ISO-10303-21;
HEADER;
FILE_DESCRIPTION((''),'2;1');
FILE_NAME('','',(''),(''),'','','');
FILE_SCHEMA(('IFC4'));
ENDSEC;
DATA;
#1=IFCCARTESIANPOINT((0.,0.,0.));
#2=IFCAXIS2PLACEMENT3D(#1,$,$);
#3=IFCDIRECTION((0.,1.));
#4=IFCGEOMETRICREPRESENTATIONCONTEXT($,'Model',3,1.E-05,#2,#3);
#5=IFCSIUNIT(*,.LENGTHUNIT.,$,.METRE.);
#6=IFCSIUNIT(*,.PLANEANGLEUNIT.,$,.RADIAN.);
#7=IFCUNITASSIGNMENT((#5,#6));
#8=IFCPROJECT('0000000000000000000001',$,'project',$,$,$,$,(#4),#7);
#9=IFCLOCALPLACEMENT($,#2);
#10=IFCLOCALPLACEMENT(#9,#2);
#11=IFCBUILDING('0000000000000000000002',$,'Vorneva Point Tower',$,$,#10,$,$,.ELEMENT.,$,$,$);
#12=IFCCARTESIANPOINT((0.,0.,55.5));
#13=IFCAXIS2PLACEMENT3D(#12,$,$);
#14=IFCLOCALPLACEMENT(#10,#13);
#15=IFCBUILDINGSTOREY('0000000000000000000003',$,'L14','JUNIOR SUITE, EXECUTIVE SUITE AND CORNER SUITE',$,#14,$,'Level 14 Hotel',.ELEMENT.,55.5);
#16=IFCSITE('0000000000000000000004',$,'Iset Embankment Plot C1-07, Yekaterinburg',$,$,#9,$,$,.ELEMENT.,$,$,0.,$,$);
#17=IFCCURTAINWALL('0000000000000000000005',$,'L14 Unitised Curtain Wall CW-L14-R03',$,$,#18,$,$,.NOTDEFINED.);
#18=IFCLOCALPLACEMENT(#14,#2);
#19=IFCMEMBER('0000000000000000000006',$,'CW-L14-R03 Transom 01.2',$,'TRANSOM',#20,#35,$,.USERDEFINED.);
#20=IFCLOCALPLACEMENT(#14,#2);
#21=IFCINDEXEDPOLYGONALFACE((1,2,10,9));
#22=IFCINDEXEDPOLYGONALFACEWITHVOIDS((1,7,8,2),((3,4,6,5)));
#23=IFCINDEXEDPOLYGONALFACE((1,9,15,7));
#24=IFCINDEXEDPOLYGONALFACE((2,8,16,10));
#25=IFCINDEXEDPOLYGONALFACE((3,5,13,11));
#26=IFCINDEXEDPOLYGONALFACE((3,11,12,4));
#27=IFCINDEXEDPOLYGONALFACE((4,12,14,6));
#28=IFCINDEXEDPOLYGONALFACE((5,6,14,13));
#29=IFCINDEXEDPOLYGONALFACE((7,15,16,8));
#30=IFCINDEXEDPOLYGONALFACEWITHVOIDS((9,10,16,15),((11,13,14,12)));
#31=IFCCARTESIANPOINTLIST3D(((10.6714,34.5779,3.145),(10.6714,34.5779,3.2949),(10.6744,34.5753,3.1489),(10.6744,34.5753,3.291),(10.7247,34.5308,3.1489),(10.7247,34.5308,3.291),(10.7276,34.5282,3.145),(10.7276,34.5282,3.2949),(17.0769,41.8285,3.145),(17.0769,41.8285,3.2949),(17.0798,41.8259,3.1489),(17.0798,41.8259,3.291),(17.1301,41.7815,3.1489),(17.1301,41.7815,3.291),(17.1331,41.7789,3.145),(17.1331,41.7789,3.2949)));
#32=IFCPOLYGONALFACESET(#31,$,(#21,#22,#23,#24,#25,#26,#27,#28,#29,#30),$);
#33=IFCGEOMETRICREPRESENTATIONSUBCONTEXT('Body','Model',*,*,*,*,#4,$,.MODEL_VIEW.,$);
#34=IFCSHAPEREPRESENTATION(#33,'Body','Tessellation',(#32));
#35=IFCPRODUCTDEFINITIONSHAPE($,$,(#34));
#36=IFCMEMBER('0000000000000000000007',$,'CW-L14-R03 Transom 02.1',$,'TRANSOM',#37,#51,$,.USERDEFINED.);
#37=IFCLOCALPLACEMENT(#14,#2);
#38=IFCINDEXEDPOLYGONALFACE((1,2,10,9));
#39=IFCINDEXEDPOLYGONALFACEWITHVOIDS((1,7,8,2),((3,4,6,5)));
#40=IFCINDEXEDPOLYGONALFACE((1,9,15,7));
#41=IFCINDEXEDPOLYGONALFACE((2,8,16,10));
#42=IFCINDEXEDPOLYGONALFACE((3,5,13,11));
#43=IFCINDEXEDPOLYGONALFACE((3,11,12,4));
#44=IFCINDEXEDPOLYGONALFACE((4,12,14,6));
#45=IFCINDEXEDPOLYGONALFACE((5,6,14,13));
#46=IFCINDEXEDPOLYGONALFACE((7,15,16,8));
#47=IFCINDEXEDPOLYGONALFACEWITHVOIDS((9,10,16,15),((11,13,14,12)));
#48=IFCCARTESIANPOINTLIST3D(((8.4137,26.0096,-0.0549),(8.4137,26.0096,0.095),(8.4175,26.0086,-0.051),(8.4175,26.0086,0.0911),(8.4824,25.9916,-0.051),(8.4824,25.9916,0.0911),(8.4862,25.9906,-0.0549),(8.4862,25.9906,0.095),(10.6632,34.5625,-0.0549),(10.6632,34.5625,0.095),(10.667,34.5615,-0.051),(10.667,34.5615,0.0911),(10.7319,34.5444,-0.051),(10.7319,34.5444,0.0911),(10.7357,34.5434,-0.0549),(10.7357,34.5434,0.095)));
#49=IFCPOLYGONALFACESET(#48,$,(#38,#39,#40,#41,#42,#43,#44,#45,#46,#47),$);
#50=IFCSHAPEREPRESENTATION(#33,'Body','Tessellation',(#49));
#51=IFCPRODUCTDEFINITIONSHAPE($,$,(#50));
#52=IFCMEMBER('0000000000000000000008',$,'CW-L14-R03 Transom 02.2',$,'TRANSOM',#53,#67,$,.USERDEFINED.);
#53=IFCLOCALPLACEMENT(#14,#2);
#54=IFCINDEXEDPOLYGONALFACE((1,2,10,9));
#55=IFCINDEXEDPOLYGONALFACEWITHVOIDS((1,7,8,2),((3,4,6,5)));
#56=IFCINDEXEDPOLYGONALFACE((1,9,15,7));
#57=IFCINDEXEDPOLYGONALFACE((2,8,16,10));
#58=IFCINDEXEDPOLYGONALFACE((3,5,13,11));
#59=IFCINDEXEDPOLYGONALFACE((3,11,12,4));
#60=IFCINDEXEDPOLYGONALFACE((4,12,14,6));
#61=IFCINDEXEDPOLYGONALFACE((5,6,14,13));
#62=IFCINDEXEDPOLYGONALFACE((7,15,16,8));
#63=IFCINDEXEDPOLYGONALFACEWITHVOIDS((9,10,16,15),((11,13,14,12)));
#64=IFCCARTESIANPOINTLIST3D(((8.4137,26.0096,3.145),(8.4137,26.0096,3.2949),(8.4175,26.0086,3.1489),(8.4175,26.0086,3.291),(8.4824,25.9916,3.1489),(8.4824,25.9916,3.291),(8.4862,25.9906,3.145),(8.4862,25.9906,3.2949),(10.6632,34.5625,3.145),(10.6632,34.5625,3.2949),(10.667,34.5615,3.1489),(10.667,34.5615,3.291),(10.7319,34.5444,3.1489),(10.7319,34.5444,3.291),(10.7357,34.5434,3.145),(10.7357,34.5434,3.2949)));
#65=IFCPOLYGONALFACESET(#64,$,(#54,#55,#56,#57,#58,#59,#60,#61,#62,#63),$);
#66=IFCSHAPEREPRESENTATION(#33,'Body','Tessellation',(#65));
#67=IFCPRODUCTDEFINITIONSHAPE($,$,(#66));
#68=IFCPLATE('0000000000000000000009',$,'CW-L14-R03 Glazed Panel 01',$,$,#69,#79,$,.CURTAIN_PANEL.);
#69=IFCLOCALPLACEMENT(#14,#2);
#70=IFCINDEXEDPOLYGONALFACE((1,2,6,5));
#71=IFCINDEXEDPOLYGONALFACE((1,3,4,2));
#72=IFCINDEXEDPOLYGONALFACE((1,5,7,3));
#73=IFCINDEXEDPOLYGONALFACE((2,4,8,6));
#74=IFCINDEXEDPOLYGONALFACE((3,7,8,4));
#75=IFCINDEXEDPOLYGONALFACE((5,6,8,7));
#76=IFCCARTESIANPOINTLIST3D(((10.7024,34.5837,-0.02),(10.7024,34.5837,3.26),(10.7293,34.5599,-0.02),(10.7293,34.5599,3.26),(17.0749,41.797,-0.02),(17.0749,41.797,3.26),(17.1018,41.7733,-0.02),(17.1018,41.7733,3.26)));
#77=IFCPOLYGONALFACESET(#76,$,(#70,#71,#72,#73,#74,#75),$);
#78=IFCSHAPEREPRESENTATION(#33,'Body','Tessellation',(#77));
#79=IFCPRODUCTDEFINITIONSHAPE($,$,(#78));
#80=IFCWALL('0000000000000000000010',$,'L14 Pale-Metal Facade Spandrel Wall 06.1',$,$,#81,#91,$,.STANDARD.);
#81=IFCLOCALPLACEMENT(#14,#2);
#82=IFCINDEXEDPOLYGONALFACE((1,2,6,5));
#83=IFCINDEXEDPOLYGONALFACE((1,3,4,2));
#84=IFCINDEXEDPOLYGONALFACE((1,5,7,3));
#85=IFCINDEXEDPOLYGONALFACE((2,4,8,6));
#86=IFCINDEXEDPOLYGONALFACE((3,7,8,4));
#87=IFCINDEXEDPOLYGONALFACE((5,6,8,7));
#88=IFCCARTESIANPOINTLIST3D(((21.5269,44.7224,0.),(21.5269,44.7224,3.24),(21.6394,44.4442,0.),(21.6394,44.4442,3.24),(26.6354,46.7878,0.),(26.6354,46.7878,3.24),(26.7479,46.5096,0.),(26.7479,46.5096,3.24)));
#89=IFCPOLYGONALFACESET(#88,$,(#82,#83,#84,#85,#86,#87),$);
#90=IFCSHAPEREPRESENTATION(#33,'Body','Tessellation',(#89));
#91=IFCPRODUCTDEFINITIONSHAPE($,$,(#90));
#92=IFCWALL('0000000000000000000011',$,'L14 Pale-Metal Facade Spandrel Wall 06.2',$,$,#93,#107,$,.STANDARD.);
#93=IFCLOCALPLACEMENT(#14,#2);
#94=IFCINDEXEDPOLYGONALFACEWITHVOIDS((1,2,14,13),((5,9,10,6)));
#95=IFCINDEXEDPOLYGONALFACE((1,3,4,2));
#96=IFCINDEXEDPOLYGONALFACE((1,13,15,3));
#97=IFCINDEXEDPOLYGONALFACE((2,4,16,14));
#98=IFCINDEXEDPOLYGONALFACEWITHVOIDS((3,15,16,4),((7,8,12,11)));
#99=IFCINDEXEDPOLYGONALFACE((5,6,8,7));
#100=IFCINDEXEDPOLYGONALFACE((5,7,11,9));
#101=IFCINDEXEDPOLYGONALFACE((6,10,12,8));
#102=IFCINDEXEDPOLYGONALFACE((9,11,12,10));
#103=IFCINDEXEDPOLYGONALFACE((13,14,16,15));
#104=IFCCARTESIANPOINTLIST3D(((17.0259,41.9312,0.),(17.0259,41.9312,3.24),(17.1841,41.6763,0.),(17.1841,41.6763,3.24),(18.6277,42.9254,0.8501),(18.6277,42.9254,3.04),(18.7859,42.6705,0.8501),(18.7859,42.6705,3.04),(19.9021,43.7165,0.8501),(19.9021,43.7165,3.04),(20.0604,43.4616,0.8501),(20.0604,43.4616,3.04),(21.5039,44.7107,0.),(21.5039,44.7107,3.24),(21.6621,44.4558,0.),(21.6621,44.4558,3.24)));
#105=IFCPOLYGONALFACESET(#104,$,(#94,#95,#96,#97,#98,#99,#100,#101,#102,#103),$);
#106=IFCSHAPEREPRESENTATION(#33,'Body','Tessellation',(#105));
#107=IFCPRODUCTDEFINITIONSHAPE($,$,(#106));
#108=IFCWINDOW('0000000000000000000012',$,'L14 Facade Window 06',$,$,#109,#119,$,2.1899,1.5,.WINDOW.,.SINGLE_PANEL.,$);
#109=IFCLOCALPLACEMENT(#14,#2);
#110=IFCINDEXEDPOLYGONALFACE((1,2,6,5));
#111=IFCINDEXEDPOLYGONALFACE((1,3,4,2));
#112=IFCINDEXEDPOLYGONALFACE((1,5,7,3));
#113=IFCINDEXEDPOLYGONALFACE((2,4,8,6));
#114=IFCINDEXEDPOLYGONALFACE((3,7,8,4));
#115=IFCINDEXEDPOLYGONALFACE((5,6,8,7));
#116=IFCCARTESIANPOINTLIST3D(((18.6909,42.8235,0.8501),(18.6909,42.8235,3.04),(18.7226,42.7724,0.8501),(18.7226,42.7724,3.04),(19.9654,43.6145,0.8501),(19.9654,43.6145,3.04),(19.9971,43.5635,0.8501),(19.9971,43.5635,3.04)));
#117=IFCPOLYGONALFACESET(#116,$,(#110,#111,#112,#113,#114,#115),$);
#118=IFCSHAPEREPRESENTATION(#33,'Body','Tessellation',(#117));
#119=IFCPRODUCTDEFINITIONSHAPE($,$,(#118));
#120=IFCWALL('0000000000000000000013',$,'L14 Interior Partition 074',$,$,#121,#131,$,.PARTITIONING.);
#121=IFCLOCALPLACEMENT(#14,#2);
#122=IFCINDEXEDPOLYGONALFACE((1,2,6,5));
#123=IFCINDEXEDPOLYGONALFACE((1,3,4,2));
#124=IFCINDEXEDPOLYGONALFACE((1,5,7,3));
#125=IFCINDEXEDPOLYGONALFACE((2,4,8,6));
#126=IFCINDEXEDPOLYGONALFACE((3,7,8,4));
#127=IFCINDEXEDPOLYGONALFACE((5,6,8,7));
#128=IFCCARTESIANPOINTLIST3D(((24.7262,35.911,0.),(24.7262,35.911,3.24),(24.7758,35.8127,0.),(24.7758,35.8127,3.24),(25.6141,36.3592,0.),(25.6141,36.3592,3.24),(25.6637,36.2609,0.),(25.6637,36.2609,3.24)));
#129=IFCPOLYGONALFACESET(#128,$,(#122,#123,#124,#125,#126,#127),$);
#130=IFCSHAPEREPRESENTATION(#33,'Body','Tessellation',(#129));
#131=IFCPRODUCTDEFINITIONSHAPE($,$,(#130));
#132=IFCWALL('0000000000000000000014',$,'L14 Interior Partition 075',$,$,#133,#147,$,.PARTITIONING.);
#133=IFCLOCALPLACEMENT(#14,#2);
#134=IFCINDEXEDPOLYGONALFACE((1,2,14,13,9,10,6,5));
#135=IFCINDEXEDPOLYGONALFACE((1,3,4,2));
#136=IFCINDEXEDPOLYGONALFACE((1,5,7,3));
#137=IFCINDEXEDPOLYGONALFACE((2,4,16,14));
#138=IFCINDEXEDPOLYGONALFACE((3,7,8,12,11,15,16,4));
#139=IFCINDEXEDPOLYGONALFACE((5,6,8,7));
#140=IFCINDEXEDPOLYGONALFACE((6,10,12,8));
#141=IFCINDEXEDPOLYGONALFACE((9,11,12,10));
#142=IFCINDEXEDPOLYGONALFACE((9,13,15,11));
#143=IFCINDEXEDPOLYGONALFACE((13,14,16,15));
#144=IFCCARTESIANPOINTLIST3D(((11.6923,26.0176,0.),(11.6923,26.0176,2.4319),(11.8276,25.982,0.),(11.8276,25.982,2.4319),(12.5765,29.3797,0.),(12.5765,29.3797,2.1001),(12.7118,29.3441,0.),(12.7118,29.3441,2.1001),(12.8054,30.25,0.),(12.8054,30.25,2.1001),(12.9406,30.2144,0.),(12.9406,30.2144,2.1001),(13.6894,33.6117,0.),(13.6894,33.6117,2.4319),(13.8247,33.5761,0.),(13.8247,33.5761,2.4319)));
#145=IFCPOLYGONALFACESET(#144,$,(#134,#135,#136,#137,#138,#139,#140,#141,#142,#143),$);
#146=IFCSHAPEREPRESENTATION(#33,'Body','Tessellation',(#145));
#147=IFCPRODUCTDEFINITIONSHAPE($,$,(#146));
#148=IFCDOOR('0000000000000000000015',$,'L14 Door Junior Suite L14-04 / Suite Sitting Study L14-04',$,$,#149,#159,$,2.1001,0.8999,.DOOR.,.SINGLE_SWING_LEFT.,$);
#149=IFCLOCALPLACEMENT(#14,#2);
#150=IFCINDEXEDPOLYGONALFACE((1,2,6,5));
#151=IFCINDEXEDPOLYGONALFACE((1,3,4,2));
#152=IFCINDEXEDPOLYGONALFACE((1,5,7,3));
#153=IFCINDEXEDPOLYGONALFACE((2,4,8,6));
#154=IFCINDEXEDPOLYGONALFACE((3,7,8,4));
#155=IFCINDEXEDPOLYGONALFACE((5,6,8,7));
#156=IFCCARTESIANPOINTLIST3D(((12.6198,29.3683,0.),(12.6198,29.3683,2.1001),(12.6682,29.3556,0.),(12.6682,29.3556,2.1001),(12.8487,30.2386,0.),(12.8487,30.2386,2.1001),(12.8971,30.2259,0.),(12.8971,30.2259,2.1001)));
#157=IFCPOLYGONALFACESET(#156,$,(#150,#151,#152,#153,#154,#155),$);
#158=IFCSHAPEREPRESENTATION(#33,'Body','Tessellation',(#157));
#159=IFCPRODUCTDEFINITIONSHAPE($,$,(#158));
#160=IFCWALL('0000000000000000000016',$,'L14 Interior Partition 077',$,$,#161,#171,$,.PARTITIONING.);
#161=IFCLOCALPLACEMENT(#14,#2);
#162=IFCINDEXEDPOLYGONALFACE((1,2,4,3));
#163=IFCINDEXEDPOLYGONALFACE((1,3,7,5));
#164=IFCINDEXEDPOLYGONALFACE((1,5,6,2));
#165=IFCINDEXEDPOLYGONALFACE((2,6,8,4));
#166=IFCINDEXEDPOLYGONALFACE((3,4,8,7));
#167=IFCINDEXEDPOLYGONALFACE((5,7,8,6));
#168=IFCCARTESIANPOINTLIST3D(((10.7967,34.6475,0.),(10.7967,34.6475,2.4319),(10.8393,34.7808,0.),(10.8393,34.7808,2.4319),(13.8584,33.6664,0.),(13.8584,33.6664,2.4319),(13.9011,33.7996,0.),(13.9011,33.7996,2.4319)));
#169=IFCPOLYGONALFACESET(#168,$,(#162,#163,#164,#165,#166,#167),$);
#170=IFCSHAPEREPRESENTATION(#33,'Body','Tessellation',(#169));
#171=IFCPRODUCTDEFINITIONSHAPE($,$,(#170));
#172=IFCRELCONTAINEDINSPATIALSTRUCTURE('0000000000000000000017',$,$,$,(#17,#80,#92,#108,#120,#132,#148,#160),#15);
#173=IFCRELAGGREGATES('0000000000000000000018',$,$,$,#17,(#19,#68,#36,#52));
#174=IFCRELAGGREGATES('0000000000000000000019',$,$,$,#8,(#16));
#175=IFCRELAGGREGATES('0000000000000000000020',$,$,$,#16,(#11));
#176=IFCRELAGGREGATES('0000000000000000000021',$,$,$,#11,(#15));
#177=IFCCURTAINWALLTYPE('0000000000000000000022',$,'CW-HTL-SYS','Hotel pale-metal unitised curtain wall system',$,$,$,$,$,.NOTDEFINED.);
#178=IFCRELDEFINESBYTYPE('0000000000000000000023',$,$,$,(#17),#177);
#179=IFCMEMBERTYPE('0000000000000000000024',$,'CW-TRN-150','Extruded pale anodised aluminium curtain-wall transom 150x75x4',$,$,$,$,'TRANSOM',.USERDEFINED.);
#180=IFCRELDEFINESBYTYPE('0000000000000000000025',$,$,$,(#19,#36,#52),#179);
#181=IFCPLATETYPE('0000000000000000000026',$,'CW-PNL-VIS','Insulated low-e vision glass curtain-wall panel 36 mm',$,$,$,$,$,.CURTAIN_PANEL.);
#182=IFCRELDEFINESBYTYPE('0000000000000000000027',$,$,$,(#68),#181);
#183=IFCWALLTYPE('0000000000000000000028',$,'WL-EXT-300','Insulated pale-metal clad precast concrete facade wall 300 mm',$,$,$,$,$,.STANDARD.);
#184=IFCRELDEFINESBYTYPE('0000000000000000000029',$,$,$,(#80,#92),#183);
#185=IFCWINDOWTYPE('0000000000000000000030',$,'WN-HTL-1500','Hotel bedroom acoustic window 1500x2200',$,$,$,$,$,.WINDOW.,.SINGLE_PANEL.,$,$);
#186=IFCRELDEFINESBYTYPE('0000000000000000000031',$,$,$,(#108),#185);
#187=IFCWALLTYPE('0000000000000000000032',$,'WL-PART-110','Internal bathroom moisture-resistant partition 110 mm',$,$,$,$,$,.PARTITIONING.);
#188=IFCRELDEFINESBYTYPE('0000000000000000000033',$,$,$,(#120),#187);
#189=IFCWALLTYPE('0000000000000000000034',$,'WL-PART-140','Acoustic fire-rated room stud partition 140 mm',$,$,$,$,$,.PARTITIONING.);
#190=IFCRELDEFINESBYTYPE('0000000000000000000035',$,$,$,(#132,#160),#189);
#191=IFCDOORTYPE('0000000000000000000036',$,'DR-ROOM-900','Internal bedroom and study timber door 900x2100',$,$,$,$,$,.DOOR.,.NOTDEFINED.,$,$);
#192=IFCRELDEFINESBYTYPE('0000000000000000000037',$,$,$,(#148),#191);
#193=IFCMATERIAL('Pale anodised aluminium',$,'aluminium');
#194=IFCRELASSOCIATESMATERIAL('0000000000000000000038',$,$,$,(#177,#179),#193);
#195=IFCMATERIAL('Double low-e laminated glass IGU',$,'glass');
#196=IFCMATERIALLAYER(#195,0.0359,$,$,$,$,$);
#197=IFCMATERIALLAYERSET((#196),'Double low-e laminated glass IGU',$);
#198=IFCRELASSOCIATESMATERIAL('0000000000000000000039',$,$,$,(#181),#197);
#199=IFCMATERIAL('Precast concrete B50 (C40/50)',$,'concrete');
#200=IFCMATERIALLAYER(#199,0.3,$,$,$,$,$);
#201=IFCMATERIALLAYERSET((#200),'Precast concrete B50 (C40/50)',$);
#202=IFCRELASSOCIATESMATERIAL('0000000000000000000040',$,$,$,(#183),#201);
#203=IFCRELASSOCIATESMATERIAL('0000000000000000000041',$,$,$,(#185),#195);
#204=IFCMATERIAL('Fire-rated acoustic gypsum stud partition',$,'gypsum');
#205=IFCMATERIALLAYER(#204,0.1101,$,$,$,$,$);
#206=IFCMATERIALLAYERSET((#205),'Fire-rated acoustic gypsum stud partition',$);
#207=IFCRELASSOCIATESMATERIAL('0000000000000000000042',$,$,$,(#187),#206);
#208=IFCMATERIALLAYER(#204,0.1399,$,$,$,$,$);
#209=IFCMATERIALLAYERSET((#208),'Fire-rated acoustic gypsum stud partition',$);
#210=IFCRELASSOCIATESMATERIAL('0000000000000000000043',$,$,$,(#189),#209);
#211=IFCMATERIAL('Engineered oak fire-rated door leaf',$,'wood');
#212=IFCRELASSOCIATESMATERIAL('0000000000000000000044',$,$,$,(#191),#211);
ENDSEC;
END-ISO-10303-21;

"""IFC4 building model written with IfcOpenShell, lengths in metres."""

from ifc_helpers import new_model, si_unit, direction, frame, frame_2d, origin, origin_2d, place, context, subcontext, project, spatial, rectangle, hollow_rectangle, extrude, material, layer, layer_set, material_profile, profile_set, type_object, element, fill, aggregate, save


model = new_model("IFC4")

# Units and contexts
model_context = context("Model", 3, precision=1e-05, world=origin(), true_north=direction((0.0, 1.0)))
body_context = subcontext(model_context, "Body", "Model", "MODEL_VIEW")
ifc_project = project(units=[si_unit("LENGTHUNIT", "METRE"), si_unit("PLANEANGLEUNIT", "RADIAN")], contexts=[model_context])

# Site, building, storey
site_placement = place(None, origin())
site = spatial("IfcSite", under=ifc_project, at=site_placement, Name="Iset Embankment Plot C1-07, Yekaterinburg", CompositionType="ELEMENT", RefElevation=0.0)
building_placement = place(site_placement, origin())
building = spatial("IfcBuilding", under=site, at=building_placement, Name="Vorneva Point Tower", CompositionType="ELEMENT")
storey_placement = place(building_placement, frame((0.0, 0.0, 55.5)))
storey = spatial("IfcBuildingStorey", under=building, at=storey_placement, Name="L14", Description="JUNIOR SUITE, EXECUTIVE SUITE AND CORNER SUITE", LongName="Level 14 Hotel", CompositionType="ELEMENT", Elevation=55.5)

# Shared definitions
ifc_material_1 = material(Name="Pale anodised aluminium", Category="aluminium")
curtain_wall_type = type_object("IfcCurtainWallType", Name="CW-HTL-SYS", Description="Hotel pale-metal unitised curtain wall system", PredefinedType="NOTDEFINED", material=ifc_material_1)

# Curtain wall, members, plate
curtain_wall_1_placement = place(storey_placement, origin())
curtain_wall_1 = element("IfcCurtainWall", 1, at=curtain_wall_1_placement, inside=storey, type_object=curtain_wall_type, Name="L14 Unitised Curtain Wall CW-L14-R03", PredefinedType="NOTDEFINED")
ifc_material_profile_1 = material_profile(ifc_material_1, hollow_rectangle(XDim=0.075, YDim=0.1499, WallThickness=0.0039, at=origin_2d()), Name="AL-TRN 150x75x4")
ifc_profile_set_1 = profile_set([ifc_material_profile_1], Name="Pale anodised aluminium")
member_type_1 = type_object("IfcMemberType", Name="CW-TRN-150", Description="Extruded pale anodised aluminium curtain-wall transom 150x75x4", ElementType="TRANSOM", PredefinedType="USERDEFINED", material=ifc_profile_set_1)
member_1_placement = place(storey_placement, frame((17.105, 41.8037, 3.22), z_axis=(-0.662076, -0.749437, 0.0), x_axis=(0.749437, -0.662076, 0.0)))
member_1 = element("IfcMember", 2, at=member_1_placement, type_object=member_type_1, Name="CW-L14-R03 Transom 01.2", ObjectType="TRANSOM", PredefinedType="USERDEFINED", context=body_context, shape_type="SweptSolid", body=[
    extrude(hollow_rectangle(XDim=0.075, YDim=0.1499, WallThickness=0.0039, at=origin_2d()), origin(), (0.0, 0.0, 1.0), 9.6748),
])
member_2_placement = place(storey_placement, frame((10.6995, 34.553, 0.02), z_axis=(-0.254359, -0.96711, 0.0), x_axis=(0.96711, -0.254359, 0.0)))
member_2 = element("IfcMember", 3, at=member_2_placement, type_object=member_type_1, Name="CW-L14-R03 Transom 02.1", ObjectType="TRANSOM", PredefinedType="USERDEFINED", context=body_context, shape_type="SweptSolid", body=[
    extrude(hollow_rectangle(XDim=0.075, YDim=0.1499, WallThickness=0.0039, at=origin_2d()), origin(), (0.0, 0.0, 1.0), 8.8438),
])
member_3_placement = place(storey_placement, frame((10.6995, 34.553, 3.22), z_axis=(-0.254359, -0.96711, 0.0), x_axis=(0.96711, -0.254359, 0.0)))
member_3 = element("IfcMember", 4, at=member_3_placement, type_object=member_type_1, Name="CW-L14-R03 Transom 02.2", ObjectType="TRANSOM", PredefinedType="USERDEFINED", context=body_context, shape_type="SweptSolid", body=[
    extrude(hollow_rectangle(XDim=0.075, YDim=0.1499, WallThickness=0.0039, at=origin_2d()), origin(), (0.0, 0.0, 1.0), 8.8438),
])
ifc_material_2 = material(Name="Double low-e laminated glass IGU", Category="glass")
ifc_layer_1 = layer(ifc_material_2, 0.0359)
ifc_layer_set_1 = layer_set([ifc_layer_1], Name="Double low-e laminated glass IGU")
plate_type = type_object("IfcPlateType", Name="CW-PNL-VIS", Description="Insulated low-e vision glass curtain-wall panel 36 mm", PredefinedType="CURTAIN_PANEL", material=ifc_layer_set_1)
plate_placement = place(storey_placement, frame((13.9021, 38.1785, -0.02), z_axis=(0.0, 0.0, 1.0), x_axis=(-0.662071, -0.749441, 0.0)))
plate = element("IfcPlate", 5, at=plate_placement, type_object=plate_type, Name="CW-L14-R03 Glazed Panel 01", PredefinedType="CURTAIN_PANEL", context=body_context, shape_type="SweptSolid", body=[
    extrude(rectangle(XDim=9.625, YDim=0.0359, at=origin_2d()), origin(), (0.0, 0.0, 1.0), 3.28),
])
aggregate(curtain_wall_1, [member_1, plate, member_2, member_3])

# Wall
ifc_material_3 = material(Name="Precast concrete B50 (C40/50)", Category="concrete")
ifc_layer_2 = layer(ifc_material_3, 0.3)
ifc_layer_set_2 = layer_set([ifc_layer_2], Name="Precast concrete B50 (C40/50)")
wall_type_1 = type_object("IfcWallType", Name="WL-EXT-300", Description="Insulated pale-metal clad precast concrete facade wall 300 mm", PredefinedType="STANDARD", material=ifc_layer_set_2)
wall_1_placement = place(storey_placement, frame((26.6917, 46.6487, 0.0), z_axis=(0.0, 0.0, 1.0), x_axis=(-0.927095, -0.374826, 0.0)))
element("IfcWall", 6, at=wall_1_placement, inside=storey, type_object=wall_type_1, Name="L14 Pale-Metal Facade Spandrel Wall 06.1", PredefinedType="STANDARD", context=body_context, shape_type="SweptSolid", body=[
    extrude(rectangle(XDim=5.5103, YDim=0.3, at=frame_2d((2.7551, 0.0))), origin(), (0.0, 0.0, 1.0), 3.24),
])

# Wall, opening, window
wall_2_placement = place(storey_placement, frame((21.583, 44.5833, 0.0), z_axis=(0.0, 0.0, 1.0), x_axis=(-0.849634, -0.527373, 0.0)))
wall_2 = element("IfcWall", 7, at=wall_2_placement, inside=storey, type_object=wall_type_1, Name="L14 Pale-Metal Facade Spandrel Wall 06.2", PredefinedType="STANDARD", context=body_context, shape_type="SweptSolid", body=[
    extrude(rectangle(XDim=5.2705, YDim=0.3, at=frame_2d((2.6353, 0.0))), origin(), (0.0, 0.0, 1.0), 3.24),
])
opening_1_placement = place(wall_2_placement, frame((1.8853, 0.0, 0.8501)))
opening_1 = element("IfcOpeningElement", 8, at=opening_1_placement, cuts=wall_2, PredefinedType="OPENING", context=body_context, shape_type="SweptSolid", body=[
    extrude(rectangle(XDim=1.5, YDim=2.1899, at=frame_2d((0.75, 1.095))), frame((0.0, 0.165, 0.0), z_axis=(0.0, -1.0, 0.0), x_axis=(1.0, 0.0, 0.0)), (0.0, 0.0, 1.0), 0.3298),
])
window_type = type_object("IfcWindowType", Name="WN-HTL-1500", Description="Hotel bedroom acoustic window 1500x2200", PartitioningType="SINGLE_PANEL", PredefinedType="WINDOW", material=ifc_material_2)
window_placement = place(opening_1_placement, origin())
window = element("IfcWindow", 9, at=window_placement, inside=storey, type_object=window_type, Name="L14 Facade Window 06", OverallHeight=2.1899, OverallWidth=1.5, PartitioningType="SINGLE_PANEL", PredefinedType="WINDOW", context=body_context, shape_type="SweptSolid", body=[
    extrude(rectangle(XDim=1.5, YDim=2.1899, at=frame_2d((0.75, 1.095))), frame((0.0, 0.03, 0.0), z_axis=(0.0, -1.0, 0.0), x_axis=(1.0, 0.0, 0.0)), (0.0, 0.0, 1.0), 0.0601),
])
fill(opening_1, window)

# Wall
ifc_material_4 = material(Name="Fire-rated acoustic gypsum stud partition", Category="gypsum")
ifc_layer_3 = layer(ifc_material_4, 0.1101)
ifc_layer_set_3 = layer_set([ifc_layer_3], Name="Fire-rated acoustic gypsum stud partition")
wall_type_2 = type_object("IfcWallType", Name="WL-PART-110", Description="Internal bathroom moisture-resistant partition 110 mm", PredefinedType="PARTITIONING", material=ifc_layer_set_3)
wall_3_placement = place(storey_placement, frame((24.751, 35.8618, 0.0), z_axis=(0.0, 0.0, 1.0), x_axis=(0.892702, 0.450647, 0.0)))
element("IfcWall", 10, at=wall_3_placement, inside=storey, type_object=wall_type_2, Name="L14 Interior Partition 074", PredefinedType="PARTITIONING", context=body_context, shape_type="SweptSolid", body=[
    extrude(rectangle(XDim=0.9946, YDim=0.1101, at=frame_2d((0.4973, 0.0))), origin(), (0.0, 0.0, 1.0), 3.24),
])

# Wall, opening, door
ifc_layer_4 = layer(ifc_material_4, 0.1399)
ifc_layer_set_4 = layer_set([ifc_layer_4], Name="Fire-rated acoustic gypsum stud partition")
wall_type_3 = type_object("IfcWallType", Name="WL-PART-140", Description="Acoustic fire-rated room stud partition 140 mm", PredefinedType="PARTITIONING", material=ifc_layer_set_4)
wall_4_placement = place(storey_placement, frame((13.7571, 33.594, 0.0), z_axis=(0.0, 0.0, 1.0), x_axis=(-0.254333, -0.967117, 0.0)))
wall_4 = element("IfcWall", 11, at=wall_4_placement, inside=storey, type_object=wall_type_3, Name="L14 Interior Partition 075", PredefinedType="PARTITIONING", context=body_context, shape_type="SweptSolid", body=[
    extrude(rectangle(XDim=7.8523, YDim=0.1399, at=frame_2d((3.9263, 0.0))), origin(), (0.0, 0.0, 1.0), 2.4319),
])
opening_2_placement = place(wall_4_placement, frame((3.4761, 0.0, 0.0)))
opening_2 = element("IfcOpeningElement", 12, at=opening_2_placement, cuts=wall_4, PredefinedType="OPENING", context=body_context, shape_type="SweptSolid", body=[
    extrude(rectangle(XDim=0.8999, YDim=2.1001, at=frame_2d((0.45, 1.05))), frame((0.0, 0.085, 0.0), z_axis=(0.0, -1.0, 0.0), x_axis=(1.0, 0.0, 0.0)), (0.0, 0.0, 1.0), 0.1697),
])
ifc_material_5 = material(Name="Engineered oak fire-rated door leaf", Category="wood")
door_type = type_object("IfcDoorType", Name="DR-ROOM-900", Description="Internal bedroom and study timber door 900x2100", OperationType="NOTDEFINED", PredefinedType="DOOR", material=ifc_material_5)
door_placement = place(opening_2_placement, origin())
door = element("IfcDoor", 13, at=door_placement, inside=storey, type_object=door_type, Name="L14 Door Junior Suite L14-04 / Suite Sitting Study L14-04", OperationType="SINGLE_SWING_LEFT", OverallHeight=2.1001, OverallWidth=0.8999, PredefinedType="DOOR", context=body_context, shape_type="SweptSolid", body=[
    extrude(rectangle(XDim=0.8999, YDim=2.1001, at=frame_2d((0.45, 1.05))), frame((0.0, 0.0249, 0.0), z_axis=(0.0, -1.0, 0.0), x_axis=(1.0, 0.0, 0.0)), (0.0, 0.0, 1.0), 0.05),
])
fill(opening_2, door)

# Wall
wall_5_placement = place(storey_placement, frame((10.8181, 34.7141, 0.0), z_axis=(0.0, 0.0, 1.0), x_axis=(0.952294, -0.305181, 0.0)))
element("IfcWall", 14, at=wall_5_placement, inside=storey, type_object=wall_type_3, Name="L14 Interior Partition 077", PredefinedType="PARTITIONING", context=body_context, shape_type="SweptSolid", body=[
    extrude(rectangle(XDim=3.2151, YDim=0.1399, at=frame_2d((1.6074, 0.0))), origin(), (0.0, 0.0, 1.0), 2.4319),
])

save(model, "model.ifc")
